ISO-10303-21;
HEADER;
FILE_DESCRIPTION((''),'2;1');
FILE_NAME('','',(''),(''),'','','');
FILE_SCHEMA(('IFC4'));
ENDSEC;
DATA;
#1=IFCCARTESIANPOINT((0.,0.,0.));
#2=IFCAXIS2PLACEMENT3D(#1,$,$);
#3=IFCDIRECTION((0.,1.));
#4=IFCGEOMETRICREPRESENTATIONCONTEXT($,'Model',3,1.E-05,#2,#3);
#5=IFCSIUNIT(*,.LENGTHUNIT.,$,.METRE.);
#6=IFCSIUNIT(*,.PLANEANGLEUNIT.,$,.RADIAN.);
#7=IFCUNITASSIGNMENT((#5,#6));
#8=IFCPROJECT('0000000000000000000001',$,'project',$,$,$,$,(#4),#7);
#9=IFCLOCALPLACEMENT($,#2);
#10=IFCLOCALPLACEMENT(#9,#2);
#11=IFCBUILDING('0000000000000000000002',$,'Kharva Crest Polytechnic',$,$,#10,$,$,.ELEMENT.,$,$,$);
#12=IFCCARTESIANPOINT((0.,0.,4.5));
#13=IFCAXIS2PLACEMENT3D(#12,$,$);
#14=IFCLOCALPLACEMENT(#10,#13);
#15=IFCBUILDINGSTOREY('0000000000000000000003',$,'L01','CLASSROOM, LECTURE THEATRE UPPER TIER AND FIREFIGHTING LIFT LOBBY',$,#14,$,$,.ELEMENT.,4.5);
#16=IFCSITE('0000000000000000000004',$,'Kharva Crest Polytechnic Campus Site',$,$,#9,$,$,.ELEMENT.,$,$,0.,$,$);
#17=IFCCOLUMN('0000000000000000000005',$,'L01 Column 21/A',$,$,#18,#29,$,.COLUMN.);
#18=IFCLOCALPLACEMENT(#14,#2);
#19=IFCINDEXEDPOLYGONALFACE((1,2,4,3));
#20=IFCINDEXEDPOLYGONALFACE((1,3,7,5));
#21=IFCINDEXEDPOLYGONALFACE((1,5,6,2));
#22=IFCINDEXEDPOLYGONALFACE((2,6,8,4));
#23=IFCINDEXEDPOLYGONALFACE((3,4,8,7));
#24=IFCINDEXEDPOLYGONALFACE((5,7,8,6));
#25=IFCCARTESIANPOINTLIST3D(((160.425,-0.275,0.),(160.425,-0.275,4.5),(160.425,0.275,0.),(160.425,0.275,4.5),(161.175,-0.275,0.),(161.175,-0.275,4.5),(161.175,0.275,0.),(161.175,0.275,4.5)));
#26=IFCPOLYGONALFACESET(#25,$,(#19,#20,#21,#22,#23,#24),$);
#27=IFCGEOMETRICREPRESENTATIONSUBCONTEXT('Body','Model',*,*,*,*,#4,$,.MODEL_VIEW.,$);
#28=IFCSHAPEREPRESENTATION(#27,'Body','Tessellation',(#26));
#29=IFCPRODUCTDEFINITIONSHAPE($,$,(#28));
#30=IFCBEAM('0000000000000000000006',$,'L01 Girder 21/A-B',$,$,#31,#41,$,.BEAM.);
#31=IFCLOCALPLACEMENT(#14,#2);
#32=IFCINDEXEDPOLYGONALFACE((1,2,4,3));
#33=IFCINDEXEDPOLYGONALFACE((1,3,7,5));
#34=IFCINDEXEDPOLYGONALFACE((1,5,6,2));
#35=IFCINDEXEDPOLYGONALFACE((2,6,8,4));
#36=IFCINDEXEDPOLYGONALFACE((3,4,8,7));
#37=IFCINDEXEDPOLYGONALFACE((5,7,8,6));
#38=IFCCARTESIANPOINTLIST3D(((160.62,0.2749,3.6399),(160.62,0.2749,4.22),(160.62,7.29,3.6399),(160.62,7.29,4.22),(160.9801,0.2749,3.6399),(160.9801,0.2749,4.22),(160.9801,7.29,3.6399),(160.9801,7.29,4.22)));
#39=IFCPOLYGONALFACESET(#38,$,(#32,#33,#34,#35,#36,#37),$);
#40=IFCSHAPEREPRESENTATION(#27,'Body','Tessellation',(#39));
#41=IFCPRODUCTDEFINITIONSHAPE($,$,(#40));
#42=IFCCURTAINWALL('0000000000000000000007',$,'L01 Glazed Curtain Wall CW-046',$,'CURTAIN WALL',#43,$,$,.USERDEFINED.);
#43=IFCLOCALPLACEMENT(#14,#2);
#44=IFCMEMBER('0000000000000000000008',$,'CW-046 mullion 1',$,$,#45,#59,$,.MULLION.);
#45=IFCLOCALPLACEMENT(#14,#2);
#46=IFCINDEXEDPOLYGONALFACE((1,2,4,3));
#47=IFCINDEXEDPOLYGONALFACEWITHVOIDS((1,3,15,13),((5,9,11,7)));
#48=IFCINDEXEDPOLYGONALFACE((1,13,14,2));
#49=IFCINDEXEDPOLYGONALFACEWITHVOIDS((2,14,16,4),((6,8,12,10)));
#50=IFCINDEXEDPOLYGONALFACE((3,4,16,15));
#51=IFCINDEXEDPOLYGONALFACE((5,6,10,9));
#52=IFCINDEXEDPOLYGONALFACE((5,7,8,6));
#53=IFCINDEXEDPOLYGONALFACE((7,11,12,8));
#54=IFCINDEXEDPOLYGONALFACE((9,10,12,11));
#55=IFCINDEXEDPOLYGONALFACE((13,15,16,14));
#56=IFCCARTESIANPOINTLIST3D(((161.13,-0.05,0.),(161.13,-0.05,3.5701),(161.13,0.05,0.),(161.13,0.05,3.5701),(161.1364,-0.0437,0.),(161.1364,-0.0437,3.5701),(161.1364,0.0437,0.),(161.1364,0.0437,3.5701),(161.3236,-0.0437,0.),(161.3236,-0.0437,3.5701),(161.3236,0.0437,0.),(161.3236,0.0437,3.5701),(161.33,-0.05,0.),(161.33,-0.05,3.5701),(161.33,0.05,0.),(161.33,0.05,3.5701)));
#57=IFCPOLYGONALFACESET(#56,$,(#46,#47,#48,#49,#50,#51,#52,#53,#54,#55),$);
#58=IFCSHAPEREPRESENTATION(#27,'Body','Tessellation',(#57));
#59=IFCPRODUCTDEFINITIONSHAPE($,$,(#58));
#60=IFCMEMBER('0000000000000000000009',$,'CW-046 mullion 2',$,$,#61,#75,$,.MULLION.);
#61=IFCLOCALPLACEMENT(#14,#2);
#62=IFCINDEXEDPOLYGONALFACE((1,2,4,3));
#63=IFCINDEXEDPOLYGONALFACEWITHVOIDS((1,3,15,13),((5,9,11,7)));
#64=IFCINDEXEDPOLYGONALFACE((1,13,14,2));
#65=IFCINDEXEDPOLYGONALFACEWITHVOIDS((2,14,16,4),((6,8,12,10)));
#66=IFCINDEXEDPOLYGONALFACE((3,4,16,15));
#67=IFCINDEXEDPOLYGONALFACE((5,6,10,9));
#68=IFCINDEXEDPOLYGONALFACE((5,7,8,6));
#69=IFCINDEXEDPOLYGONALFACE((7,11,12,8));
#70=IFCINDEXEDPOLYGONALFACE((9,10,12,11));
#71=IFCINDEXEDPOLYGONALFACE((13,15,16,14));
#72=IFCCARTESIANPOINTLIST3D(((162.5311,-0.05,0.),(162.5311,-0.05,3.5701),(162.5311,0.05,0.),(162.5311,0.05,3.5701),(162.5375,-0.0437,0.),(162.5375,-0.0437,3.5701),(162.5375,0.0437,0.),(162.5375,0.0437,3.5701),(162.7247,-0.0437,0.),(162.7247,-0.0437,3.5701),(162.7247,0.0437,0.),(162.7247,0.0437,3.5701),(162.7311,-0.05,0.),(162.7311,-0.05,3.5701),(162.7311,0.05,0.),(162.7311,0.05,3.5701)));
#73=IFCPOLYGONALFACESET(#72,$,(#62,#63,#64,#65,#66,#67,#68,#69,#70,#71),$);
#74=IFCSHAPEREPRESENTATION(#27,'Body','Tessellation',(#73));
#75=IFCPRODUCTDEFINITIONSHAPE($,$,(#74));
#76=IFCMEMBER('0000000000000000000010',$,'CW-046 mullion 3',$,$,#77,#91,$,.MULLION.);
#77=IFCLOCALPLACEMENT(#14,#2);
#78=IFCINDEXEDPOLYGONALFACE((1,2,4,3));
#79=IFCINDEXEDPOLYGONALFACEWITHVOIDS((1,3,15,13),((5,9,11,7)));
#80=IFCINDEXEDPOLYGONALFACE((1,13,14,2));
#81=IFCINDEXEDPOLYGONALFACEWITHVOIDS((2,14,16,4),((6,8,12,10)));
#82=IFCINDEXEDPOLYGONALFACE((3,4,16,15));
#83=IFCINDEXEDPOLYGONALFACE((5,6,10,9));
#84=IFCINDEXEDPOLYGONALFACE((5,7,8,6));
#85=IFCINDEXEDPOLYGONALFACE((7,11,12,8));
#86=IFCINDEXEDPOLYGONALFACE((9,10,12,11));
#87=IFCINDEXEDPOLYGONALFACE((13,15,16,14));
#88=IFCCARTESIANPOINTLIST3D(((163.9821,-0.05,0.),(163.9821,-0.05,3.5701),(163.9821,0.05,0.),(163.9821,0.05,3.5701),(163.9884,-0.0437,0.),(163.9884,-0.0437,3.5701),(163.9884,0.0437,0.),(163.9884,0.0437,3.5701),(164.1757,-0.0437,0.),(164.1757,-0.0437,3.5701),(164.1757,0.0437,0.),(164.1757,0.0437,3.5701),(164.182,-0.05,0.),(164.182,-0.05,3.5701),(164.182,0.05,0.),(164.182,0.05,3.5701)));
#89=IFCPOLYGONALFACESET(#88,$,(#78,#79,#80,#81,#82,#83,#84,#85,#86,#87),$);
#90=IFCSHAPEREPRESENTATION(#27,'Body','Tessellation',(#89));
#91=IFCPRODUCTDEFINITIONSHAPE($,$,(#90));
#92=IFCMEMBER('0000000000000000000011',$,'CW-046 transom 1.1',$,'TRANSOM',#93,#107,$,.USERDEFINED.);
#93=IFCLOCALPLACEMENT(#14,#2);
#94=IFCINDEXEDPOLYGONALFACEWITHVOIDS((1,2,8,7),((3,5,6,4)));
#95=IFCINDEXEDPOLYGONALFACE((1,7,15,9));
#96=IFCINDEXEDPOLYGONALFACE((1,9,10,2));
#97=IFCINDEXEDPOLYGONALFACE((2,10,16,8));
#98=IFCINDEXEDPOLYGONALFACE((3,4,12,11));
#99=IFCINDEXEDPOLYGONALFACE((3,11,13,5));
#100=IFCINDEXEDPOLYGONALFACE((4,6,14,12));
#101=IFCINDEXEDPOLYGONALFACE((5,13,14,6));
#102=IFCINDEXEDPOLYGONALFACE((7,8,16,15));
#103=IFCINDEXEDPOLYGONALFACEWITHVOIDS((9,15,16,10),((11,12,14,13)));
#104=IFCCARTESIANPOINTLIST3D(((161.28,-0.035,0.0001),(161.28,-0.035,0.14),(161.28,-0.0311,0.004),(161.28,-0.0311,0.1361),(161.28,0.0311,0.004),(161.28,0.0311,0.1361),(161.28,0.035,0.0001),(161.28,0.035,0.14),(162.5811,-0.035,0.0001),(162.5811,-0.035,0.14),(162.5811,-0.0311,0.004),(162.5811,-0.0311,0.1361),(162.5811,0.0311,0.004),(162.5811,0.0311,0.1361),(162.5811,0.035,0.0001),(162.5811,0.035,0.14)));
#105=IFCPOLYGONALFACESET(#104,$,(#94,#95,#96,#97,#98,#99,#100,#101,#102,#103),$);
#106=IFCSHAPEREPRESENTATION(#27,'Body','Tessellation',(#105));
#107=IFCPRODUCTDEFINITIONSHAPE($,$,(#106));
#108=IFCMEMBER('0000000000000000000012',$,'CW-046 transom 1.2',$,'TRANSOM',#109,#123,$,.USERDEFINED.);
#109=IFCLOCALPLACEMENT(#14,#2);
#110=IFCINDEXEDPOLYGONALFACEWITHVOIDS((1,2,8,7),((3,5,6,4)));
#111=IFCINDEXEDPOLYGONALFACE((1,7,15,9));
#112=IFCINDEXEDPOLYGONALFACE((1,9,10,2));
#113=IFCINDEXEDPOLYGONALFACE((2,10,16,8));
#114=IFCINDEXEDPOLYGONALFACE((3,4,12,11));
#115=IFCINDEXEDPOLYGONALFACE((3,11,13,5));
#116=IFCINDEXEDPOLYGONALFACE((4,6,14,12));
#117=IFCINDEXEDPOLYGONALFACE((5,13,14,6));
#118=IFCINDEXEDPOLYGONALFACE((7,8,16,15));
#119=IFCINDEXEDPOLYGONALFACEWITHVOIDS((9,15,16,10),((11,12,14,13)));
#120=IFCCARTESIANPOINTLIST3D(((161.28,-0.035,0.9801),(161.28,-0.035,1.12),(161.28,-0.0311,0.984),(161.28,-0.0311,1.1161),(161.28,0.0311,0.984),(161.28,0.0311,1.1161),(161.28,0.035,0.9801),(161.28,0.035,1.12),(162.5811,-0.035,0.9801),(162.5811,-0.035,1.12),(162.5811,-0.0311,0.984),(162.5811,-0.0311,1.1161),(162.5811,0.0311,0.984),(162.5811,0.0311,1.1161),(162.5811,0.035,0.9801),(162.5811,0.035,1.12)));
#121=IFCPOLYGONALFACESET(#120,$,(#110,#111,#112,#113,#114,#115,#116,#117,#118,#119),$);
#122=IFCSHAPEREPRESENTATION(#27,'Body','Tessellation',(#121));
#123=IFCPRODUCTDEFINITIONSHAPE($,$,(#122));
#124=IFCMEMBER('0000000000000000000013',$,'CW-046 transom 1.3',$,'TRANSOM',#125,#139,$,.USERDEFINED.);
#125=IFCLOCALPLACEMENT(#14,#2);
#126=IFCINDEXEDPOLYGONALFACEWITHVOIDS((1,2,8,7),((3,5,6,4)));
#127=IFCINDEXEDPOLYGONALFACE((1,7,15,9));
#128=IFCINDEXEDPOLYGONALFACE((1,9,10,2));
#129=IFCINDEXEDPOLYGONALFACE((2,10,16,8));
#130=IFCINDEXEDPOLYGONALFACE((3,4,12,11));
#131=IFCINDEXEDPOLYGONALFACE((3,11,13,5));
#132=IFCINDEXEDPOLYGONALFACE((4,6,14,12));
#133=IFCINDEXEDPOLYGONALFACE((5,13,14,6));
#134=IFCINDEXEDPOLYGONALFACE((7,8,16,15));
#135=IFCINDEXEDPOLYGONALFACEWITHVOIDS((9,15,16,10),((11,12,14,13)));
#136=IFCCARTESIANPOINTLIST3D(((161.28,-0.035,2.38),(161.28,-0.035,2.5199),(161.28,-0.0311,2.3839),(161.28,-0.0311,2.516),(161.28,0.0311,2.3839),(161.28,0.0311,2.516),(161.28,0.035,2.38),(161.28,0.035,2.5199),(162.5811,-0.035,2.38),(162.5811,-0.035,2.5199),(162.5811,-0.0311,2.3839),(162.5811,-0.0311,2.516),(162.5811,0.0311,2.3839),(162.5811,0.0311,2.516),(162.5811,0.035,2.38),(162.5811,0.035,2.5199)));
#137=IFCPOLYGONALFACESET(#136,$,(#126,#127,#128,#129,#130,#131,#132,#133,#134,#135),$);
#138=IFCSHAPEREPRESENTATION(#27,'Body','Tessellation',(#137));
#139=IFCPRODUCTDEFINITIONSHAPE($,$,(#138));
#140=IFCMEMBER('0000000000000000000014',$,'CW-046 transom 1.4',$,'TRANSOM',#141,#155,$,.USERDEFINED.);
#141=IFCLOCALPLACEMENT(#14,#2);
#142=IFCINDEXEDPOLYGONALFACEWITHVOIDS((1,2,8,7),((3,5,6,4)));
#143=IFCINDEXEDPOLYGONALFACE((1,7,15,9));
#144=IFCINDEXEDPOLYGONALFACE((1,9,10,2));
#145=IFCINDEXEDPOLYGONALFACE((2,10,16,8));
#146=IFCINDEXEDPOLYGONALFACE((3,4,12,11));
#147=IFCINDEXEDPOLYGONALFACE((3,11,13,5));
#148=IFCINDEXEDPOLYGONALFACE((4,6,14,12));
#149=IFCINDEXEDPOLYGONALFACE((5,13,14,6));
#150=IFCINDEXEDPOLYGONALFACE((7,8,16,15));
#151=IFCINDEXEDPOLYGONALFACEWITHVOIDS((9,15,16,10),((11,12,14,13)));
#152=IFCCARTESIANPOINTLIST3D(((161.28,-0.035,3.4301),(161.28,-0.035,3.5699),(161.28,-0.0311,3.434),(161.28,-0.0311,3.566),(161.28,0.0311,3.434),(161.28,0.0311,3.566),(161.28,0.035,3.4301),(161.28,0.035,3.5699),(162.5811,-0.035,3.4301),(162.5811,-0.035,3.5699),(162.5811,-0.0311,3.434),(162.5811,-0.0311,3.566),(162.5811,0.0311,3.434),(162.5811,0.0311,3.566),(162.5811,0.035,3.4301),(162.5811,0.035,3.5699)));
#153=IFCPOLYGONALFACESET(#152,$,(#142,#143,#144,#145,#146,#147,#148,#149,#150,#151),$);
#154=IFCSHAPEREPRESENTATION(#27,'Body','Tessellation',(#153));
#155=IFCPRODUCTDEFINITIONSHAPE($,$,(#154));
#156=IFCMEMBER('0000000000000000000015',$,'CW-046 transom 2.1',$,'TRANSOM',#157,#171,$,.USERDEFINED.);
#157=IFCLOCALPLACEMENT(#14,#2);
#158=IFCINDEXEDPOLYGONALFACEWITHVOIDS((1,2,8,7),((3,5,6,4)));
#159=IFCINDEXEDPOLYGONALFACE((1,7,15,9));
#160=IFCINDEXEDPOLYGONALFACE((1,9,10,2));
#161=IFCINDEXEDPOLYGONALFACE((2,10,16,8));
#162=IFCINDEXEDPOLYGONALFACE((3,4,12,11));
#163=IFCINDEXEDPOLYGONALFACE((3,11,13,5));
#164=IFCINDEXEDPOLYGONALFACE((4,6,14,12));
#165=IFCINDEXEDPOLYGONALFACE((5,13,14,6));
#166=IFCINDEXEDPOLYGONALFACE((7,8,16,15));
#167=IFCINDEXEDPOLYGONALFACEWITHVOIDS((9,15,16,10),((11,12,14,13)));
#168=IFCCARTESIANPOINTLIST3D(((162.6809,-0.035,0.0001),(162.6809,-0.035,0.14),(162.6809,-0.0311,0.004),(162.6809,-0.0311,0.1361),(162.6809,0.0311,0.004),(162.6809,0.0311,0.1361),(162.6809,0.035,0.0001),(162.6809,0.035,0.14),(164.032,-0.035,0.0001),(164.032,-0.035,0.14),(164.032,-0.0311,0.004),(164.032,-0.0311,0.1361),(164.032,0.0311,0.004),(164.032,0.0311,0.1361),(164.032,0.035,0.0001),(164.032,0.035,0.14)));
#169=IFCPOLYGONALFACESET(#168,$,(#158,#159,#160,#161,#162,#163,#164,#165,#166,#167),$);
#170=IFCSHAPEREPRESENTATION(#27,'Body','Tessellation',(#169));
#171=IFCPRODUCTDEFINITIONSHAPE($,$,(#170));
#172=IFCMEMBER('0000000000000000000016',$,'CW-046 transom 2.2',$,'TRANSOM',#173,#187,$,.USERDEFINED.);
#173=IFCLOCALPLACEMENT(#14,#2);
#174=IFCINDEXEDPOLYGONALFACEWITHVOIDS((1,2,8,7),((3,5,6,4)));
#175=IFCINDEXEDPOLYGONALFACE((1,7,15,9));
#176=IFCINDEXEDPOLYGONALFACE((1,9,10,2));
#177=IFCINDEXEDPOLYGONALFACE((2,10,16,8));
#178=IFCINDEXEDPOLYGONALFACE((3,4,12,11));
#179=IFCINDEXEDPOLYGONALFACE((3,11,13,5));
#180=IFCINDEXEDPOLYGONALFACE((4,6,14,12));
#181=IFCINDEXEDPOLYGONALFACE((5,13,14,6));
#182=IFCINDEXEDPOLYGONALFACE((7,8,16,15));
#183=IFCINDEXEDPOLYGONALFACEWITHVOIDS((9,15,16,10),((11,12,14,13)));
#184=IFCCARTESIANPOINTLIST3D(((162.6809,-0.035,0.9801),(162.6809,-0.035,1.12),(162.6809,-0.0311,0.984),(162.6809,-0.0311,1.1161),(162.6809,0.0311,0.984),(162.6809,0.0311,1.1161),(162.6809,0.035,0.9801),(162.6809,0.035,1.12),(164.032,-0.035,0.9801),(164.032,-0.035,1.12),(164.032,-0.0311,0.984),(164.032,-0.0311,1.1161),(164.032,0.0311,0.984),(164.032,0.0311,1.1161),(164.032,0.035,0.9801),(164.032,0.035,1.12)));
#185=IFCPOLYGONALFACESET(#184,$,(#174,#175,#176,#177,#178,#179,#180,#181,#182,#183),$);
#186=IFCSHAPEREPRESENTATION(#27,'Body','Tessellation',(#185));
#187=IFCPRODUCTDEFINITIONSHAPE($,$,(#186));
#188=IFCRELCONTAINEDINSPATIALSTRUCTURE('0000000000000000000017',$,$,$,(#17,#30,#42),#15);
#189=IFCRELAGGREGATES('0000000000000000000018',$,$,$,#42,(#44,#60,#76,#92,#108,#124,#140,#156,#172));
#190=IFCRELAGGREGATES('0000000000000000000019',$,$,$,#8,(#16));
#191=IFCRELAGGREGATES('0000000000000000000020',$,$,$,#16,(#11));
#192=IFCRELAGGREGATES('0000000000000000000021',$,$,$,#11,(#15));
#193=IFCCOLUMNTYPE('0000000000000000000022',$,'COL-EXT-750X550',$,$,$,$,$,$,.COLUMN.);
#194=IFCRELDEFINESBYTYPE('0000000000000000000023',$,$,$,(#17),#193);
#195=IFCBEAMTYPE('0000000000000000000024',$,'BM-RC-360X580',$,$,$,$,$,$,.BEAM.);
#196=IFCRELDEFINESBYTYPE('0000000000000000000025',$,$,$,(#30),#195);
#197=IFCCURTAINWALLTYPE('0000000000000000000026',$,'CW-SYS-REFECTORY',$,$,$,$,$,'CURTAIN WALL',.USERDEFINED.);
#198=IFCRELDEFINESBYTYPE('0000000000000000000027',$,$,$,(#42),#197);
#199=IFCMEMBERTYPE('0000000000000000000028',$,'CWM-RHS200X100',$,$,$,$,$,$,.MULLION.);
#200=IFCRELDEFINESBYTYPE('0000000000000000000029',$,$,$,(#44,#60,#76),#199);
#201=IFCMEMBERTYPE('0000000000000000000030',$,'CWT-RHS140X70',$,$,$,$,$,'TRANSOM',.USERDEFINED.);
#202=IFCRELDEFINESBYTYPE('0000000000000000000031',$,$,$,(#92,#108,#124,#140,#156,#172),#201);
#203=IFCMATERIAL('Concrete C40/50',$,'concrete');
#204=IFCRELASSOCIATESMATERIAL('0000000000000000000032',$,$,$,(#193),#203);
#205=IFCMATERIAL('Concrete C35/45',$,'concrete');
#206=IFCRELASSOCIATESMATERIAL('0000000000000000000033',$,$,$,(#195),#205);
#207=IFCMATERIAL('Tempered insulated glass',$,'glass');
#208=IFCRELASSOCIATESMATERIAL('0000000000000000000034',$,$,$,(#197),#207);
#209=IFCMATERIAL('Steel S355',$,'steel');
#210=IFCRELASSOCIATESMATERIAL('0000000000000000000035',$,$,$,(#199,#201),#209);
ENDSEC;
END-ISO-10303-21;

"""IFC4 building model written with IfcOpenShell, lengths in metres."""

from ifc_helpers import new_model, si_unit, direction, frame, origin, origin_2d, place, context, subcontext, project, spatial, rectangle, hollow_rectangle, extrude, material, material_profile, profile_set, type_object, element, aggregate, save


model = new_model("IFC4")

# Units and contexts
model_context = context("Model", 3, precision=1e-05, world=origin(), true_north=direction((0.0, 1.0)))
body_context = subcontext(model_context, "Body", "Model", "MODEL_VIEW")
ifc_project = project(units=[si_unit("LENGTHUNIT", "METRE"), si_unit("PLANEANGLEUNIT", "RADIAN")], contexts=[model_context])

# Site, building, storey
site_placement = place(None, origin())
site = spatial("IfcSite", under=ifc_project, at=site_placement, Name="Kharva Crest Polytechnic Campus Site", CompositionType="ELEMENT", RefElevation=0.0)
building_placement = place(site_placement, origin())
building = spatial("IfcBuilding", under=site, at=building_placement, Name="Kharva Crest Polytechnic", CompositionType="ELEMENT")
storey_placement = place(building_placement, frame((0.0, 0.0, 4.5)))
storey = spatial("IfcBuildingStorey", under=building, at=storey_placement, Name="L01", Description="CLASSROOM, LECTURE THEATRE UPPER TIER AND FIREFIGHTING LIFT LOBBY", CompositionType="ELEMENT", Elevation=4.5)

# Column
ifc_material_1 = material(Name="Concrete C40/50", Category="concrete")
ifc_material_profile_1 = material_profile(ifc_material_1, rectangle(XDim=0.75, YDim=0.55, at=origin_2d()), Name="RECT 750 X 550")
ifc_profile_set_1 = profile_set([ifc_material_profile_1], Name="Concrete C40/50")
column_type = type_object("IfcColumnType", Name="COL-EXT-750X550", PredefinedType="COLUMN", material=ifc_profile_set_1)
column_placement = place(storey_placement, frame((160.8, 0.0, 0.0), z_axis=(0.0, 0.0, 1.0), x_axis=(1.0, 0.0, 0.0)))
element("IfcColumn", 1, at=column_placement, inside=storey, type_object=column_type, Name="L01 Column 21/A", PredefinedType="COLUMN", context=body_context, shape_type="SweptSolid", body=[
    extrude(rectangle(XDim=0.75, YDim=0.55, at=origin_2d()), origin(), (0.0, 0.0, 1.0), 4.5),
])

# Beam
ifc_material_2 = material(Name="Concrete C35/45", Category="concrete")
ifc_material_profile_2 = material_profile(ifc_material_2, rectangle(XDim=0.3601, YDim=0.5801, at=origin_2d()), Name="RECT 360 X 580")
ifc_profile_set_2 = profile_set([ifc_material_profile_2], Name="Concrete C35/45")
beam_type_1 = type_object("IfcBeamType", Name="BM-RC-360X580", PredefinedType="BEAM", material=ifc_profile_set_2)
beam_1_placement = place(storey_placement, frame((160.8, 0.2749, 3.9299), z_axis=(0.0, 1.0, 0.0), x_axis=(-1.0, 0.0, 0.0)))
element("IfcBeam", 2, at=beam_1_placement, inside=storey, type_object=beam_type_1, Name="L01 Girder 21/A-B", PredefinedType="BEAM", context=body_context, shape_type="SweptSolid", body=[
    extrude(rectangle(XDim=0.3601, YDim=0.5801, at=origin_2d()), origin(), (0.0, 0.0, 1.0), 7.0151),
])

# Curtain wall, members
ifc_material_3 = material(Name="Tempered insulated glass", Category="glass")
curtain_wall_type = type_object("IfcCurtainWallType", Name="CW-SYS-REFECTORY", ElementType="CURTAIN WALL", PredefinedType="USERDEFINED", material=ifc_material_3)
curtain_wall_placement = place(storey_placement, origin())
curtain_wall = element("IfcCurtainWall", 3, at=curtain_wall_placement, inside=storey, type_object=curtain_wall_type, Name="L01 Glazed Curtain Wall CW-046", ObjectType="CURTAIN WALL", PredefinedType="USERDEFINED")
ifc_material_4 = material(Name="Steel S355", Category="steel")
ifc_material_profile_3 = material_profile(ifc_material_4, hollow_rectangle(XDim=0.1001, YDim=0.2, WallThickness=0.0063, at=origin_2d()), Name="RHS 200X100X6.3")
ifc_profile_set_3 = profile_set([ifc_material_profile_3], Name="Steel S355")
member_type_1 = type_object("IfcMemberType", Name="CWM-RHS200X100", PredefinedType="MULLION", material=ifc_profile_set_3)
member_1_placement = place(storey_placement, frame((161.23, 0.0, 0.0), z_axis=(0.0, 0.0, 1.0), x_axis=(0.0, 1.0, 0.0)))
member_1 = element("IfcMember", 4, at=member_1_placement, type_object=member_type_1, Name="CW-046 mullion 1", PredefinedType="MULLION", context=body_context, shape_type="SweptSolid", body=[
    extrude(hollow_rectangle(XDim=0.1001, YDim=0.2, WallThickness=0.0063, at=origin_2d()), origin(), (0.0, 0.0, 1.0), 3.5701),
])
member_2_placement = place(storey_placement, frame((162.6311, 0.0, 0.0), z_axis=(0.0, 0.0, 1.0), x_axis=(0.0, 1.0, 0.0)))
member_2 = element("IfcMember", 5, at=member_2_placement, type_object=member_type_1, Name="CW-046 mullion 2", PredefinedType="MULLION", context=body_context, shape_type="SweptSolid", body=[
    extrude(hollow_rectangle(XDim=0.1001, YDim=0.2, WallThickness=0.0063, at=origin_2d()), origin(), (0.0, 0.0, 1.0), 3.5701),
])
member_3_placement = place(storey_placement, frame((164.082, 0.0, 0.0), z_axis=(0.0, 0.0, 1.0), x_axis=(0.0, 1.0, 0.0)))
member_3 = element("IfcMember", 6, at=member_3_placement, type_object=member_type_1, Name="CW-046 mullion 3", PredefinedType="MULLION", context=body_context, shape_type="SweptSolid", body=[
    extrude(hollow_rectangle(XDim=0.1001, YDim=0.2, WallThickness=0.0063, at=origin_2d()), origin(), (0.0, 0.0, 1.0), 3.5701),
])
ifc_material_profile_4 = material_profile(ifc_material_4, hollow_rectangle(XDim=0.0701, YDim=0.1399, WallThickness=0.0039, at=origin_2d()), Name="RHS 140X70X4.0")
ifc_profile_set_4 = profile_set([ifc_material_profile_4], Name="Steel S355")
member_type_2 = type_object("IfcMemberType", Name="CWT-RHS140X70", ElementType="TRANSOM", PredefinedType="USERDEFINED", material=ifc_profile_set_4)
member_4_placement = place(storey_placement, frame((161.28, 0.0, 0.0701), z_axis=(1.0, 0.0, 0.0), x_axis=(0.0, 1.0, 0.0)))
member_4 = element("IfcMember", 7, at=member_4_placement, type_object=member_type_2, Name="CW-046 transom 1.1", ObjectType="TRANSOM", PredefinedType="USERDEFINED", context=body_context, shape_type="SweptSolid", body=[
    extrude(hollow_rectangle(XDim=0.0701, YDim=0.1399, WallThickness=0.0039, at=origin_2d()), origin(), (0.0, 0.0, 1.0), 1.301),
])
member_5_placement = place(storey_placement, frame((161.28, 0.0, 1.05), z_axis=(1.0, 0.0, 0.0), x_axis=(0.0, 1.0, 0.0)))
member_5 = element("IfcMember", 8, at=member_5_placement, type_object=member_type_2, Name="CW-046 transom 1.2", ObjectType="TRANSOM", PredefinedType="USERDEFINED", context=body_context, shape_type="SweptSolid", body=[
    extrude(hollow_rectangle(XDim=0.0701, YDim=0.1399, WallThickness=0.0039, at=origin_2d()), origin(), (0.0, 0.0, 1.0), 1.301),
])
member_6_placement = place(storey_placement, frame((161.28, 0.0, 2.45), z_axis=(1.0, 0.0, 0.0), x_axis=(0.0, 1.0, 0.0)))
member_6 = element("IfcMember", 9, at=member_6_placement, type_object=member_type_2, Name="CW-046 transom 1.3", ObjectType="TRANSOM", PredefinedType="USERDEFINED", context=body_context, shape_type="SweptSolid", body=[
    extrude(hollow_rectangle(XDim=0.0701, YDim=0.1399, WallThickness=0.0039, at=origin_2d()), origin(), (0.0, 0.0, 1.0), 1.301),
])
member_7_placement = place(storey_placement, frame((161.28, 0.0, 3.5), z_axis=(1.0, 0.0, 0.0), x_axis=(0.0, 1.0, 0.0)))
member_7 = element("IfcMember", 10, at=member_7_placement, type_object=member_type_2, Name="CW-046 transom 1.4", ObjectType="TRANSOM", PredefinedType="USERDEFINED", context=body_context, shape_type="SweptSolid", body=[
    extrude(hollow_rectangle(XDim=0.0701, YDim=0.1399, WallThickness=0.0039, at=origin_2d()), origin(), (0.0, 0.0, 1.0), 1.301),
])
member_8_placement = place(storey_placement, frame((162.6809, 0.0, 0.0701), z_axis=(1.0, 0.0, 0.0), x_axis=(0.0, 1.0, 0.0)))
member_8 = element("IfcMember", 11, at=member_8_placement, type_object=member_type_2, Name="CW-046 transom 2.1", ObjectType="TRANSOM", PredefinedType="USERDEFINED", context=body_context, shape_type="SweptSolid", body=[
    extrude(hollow_rectangle(XDim=0.0701, YDim=0.1399, WallThickness=0.0039, at=origin_2d()), origin(), (0.0, 0.0, 1.0), 1.3511),
])
member_9_placement = place(storey_placement, frame((162.6809, 0.0, 1.05), z_axis=(1.0, 0.0, 0.0), x_axis=(0.0, 1.0, 0.0)))
member_9 = element("IfcMember", 12, at=member_9_placement, type_object=member_type_2, Name="CW-046 transom 2.2", ObjectType="TRANSOM", PredefinedType="USERDEFINED", context=body_context, shape_type="SweptSolid", body=[
    extrude(hollow_rectangle(XDim=0.0701, YDim=0.1399, WallThickness=0.0039, at=origin_2d()), origin(), (0.0, 0.0, 1.0), 1.3511),
])

aggregate(curtain_wall, [member_1, member_2, member_3, member_4, member_5, member_6, member_7, member_8, member_9])

save(model, "model.ifc")
